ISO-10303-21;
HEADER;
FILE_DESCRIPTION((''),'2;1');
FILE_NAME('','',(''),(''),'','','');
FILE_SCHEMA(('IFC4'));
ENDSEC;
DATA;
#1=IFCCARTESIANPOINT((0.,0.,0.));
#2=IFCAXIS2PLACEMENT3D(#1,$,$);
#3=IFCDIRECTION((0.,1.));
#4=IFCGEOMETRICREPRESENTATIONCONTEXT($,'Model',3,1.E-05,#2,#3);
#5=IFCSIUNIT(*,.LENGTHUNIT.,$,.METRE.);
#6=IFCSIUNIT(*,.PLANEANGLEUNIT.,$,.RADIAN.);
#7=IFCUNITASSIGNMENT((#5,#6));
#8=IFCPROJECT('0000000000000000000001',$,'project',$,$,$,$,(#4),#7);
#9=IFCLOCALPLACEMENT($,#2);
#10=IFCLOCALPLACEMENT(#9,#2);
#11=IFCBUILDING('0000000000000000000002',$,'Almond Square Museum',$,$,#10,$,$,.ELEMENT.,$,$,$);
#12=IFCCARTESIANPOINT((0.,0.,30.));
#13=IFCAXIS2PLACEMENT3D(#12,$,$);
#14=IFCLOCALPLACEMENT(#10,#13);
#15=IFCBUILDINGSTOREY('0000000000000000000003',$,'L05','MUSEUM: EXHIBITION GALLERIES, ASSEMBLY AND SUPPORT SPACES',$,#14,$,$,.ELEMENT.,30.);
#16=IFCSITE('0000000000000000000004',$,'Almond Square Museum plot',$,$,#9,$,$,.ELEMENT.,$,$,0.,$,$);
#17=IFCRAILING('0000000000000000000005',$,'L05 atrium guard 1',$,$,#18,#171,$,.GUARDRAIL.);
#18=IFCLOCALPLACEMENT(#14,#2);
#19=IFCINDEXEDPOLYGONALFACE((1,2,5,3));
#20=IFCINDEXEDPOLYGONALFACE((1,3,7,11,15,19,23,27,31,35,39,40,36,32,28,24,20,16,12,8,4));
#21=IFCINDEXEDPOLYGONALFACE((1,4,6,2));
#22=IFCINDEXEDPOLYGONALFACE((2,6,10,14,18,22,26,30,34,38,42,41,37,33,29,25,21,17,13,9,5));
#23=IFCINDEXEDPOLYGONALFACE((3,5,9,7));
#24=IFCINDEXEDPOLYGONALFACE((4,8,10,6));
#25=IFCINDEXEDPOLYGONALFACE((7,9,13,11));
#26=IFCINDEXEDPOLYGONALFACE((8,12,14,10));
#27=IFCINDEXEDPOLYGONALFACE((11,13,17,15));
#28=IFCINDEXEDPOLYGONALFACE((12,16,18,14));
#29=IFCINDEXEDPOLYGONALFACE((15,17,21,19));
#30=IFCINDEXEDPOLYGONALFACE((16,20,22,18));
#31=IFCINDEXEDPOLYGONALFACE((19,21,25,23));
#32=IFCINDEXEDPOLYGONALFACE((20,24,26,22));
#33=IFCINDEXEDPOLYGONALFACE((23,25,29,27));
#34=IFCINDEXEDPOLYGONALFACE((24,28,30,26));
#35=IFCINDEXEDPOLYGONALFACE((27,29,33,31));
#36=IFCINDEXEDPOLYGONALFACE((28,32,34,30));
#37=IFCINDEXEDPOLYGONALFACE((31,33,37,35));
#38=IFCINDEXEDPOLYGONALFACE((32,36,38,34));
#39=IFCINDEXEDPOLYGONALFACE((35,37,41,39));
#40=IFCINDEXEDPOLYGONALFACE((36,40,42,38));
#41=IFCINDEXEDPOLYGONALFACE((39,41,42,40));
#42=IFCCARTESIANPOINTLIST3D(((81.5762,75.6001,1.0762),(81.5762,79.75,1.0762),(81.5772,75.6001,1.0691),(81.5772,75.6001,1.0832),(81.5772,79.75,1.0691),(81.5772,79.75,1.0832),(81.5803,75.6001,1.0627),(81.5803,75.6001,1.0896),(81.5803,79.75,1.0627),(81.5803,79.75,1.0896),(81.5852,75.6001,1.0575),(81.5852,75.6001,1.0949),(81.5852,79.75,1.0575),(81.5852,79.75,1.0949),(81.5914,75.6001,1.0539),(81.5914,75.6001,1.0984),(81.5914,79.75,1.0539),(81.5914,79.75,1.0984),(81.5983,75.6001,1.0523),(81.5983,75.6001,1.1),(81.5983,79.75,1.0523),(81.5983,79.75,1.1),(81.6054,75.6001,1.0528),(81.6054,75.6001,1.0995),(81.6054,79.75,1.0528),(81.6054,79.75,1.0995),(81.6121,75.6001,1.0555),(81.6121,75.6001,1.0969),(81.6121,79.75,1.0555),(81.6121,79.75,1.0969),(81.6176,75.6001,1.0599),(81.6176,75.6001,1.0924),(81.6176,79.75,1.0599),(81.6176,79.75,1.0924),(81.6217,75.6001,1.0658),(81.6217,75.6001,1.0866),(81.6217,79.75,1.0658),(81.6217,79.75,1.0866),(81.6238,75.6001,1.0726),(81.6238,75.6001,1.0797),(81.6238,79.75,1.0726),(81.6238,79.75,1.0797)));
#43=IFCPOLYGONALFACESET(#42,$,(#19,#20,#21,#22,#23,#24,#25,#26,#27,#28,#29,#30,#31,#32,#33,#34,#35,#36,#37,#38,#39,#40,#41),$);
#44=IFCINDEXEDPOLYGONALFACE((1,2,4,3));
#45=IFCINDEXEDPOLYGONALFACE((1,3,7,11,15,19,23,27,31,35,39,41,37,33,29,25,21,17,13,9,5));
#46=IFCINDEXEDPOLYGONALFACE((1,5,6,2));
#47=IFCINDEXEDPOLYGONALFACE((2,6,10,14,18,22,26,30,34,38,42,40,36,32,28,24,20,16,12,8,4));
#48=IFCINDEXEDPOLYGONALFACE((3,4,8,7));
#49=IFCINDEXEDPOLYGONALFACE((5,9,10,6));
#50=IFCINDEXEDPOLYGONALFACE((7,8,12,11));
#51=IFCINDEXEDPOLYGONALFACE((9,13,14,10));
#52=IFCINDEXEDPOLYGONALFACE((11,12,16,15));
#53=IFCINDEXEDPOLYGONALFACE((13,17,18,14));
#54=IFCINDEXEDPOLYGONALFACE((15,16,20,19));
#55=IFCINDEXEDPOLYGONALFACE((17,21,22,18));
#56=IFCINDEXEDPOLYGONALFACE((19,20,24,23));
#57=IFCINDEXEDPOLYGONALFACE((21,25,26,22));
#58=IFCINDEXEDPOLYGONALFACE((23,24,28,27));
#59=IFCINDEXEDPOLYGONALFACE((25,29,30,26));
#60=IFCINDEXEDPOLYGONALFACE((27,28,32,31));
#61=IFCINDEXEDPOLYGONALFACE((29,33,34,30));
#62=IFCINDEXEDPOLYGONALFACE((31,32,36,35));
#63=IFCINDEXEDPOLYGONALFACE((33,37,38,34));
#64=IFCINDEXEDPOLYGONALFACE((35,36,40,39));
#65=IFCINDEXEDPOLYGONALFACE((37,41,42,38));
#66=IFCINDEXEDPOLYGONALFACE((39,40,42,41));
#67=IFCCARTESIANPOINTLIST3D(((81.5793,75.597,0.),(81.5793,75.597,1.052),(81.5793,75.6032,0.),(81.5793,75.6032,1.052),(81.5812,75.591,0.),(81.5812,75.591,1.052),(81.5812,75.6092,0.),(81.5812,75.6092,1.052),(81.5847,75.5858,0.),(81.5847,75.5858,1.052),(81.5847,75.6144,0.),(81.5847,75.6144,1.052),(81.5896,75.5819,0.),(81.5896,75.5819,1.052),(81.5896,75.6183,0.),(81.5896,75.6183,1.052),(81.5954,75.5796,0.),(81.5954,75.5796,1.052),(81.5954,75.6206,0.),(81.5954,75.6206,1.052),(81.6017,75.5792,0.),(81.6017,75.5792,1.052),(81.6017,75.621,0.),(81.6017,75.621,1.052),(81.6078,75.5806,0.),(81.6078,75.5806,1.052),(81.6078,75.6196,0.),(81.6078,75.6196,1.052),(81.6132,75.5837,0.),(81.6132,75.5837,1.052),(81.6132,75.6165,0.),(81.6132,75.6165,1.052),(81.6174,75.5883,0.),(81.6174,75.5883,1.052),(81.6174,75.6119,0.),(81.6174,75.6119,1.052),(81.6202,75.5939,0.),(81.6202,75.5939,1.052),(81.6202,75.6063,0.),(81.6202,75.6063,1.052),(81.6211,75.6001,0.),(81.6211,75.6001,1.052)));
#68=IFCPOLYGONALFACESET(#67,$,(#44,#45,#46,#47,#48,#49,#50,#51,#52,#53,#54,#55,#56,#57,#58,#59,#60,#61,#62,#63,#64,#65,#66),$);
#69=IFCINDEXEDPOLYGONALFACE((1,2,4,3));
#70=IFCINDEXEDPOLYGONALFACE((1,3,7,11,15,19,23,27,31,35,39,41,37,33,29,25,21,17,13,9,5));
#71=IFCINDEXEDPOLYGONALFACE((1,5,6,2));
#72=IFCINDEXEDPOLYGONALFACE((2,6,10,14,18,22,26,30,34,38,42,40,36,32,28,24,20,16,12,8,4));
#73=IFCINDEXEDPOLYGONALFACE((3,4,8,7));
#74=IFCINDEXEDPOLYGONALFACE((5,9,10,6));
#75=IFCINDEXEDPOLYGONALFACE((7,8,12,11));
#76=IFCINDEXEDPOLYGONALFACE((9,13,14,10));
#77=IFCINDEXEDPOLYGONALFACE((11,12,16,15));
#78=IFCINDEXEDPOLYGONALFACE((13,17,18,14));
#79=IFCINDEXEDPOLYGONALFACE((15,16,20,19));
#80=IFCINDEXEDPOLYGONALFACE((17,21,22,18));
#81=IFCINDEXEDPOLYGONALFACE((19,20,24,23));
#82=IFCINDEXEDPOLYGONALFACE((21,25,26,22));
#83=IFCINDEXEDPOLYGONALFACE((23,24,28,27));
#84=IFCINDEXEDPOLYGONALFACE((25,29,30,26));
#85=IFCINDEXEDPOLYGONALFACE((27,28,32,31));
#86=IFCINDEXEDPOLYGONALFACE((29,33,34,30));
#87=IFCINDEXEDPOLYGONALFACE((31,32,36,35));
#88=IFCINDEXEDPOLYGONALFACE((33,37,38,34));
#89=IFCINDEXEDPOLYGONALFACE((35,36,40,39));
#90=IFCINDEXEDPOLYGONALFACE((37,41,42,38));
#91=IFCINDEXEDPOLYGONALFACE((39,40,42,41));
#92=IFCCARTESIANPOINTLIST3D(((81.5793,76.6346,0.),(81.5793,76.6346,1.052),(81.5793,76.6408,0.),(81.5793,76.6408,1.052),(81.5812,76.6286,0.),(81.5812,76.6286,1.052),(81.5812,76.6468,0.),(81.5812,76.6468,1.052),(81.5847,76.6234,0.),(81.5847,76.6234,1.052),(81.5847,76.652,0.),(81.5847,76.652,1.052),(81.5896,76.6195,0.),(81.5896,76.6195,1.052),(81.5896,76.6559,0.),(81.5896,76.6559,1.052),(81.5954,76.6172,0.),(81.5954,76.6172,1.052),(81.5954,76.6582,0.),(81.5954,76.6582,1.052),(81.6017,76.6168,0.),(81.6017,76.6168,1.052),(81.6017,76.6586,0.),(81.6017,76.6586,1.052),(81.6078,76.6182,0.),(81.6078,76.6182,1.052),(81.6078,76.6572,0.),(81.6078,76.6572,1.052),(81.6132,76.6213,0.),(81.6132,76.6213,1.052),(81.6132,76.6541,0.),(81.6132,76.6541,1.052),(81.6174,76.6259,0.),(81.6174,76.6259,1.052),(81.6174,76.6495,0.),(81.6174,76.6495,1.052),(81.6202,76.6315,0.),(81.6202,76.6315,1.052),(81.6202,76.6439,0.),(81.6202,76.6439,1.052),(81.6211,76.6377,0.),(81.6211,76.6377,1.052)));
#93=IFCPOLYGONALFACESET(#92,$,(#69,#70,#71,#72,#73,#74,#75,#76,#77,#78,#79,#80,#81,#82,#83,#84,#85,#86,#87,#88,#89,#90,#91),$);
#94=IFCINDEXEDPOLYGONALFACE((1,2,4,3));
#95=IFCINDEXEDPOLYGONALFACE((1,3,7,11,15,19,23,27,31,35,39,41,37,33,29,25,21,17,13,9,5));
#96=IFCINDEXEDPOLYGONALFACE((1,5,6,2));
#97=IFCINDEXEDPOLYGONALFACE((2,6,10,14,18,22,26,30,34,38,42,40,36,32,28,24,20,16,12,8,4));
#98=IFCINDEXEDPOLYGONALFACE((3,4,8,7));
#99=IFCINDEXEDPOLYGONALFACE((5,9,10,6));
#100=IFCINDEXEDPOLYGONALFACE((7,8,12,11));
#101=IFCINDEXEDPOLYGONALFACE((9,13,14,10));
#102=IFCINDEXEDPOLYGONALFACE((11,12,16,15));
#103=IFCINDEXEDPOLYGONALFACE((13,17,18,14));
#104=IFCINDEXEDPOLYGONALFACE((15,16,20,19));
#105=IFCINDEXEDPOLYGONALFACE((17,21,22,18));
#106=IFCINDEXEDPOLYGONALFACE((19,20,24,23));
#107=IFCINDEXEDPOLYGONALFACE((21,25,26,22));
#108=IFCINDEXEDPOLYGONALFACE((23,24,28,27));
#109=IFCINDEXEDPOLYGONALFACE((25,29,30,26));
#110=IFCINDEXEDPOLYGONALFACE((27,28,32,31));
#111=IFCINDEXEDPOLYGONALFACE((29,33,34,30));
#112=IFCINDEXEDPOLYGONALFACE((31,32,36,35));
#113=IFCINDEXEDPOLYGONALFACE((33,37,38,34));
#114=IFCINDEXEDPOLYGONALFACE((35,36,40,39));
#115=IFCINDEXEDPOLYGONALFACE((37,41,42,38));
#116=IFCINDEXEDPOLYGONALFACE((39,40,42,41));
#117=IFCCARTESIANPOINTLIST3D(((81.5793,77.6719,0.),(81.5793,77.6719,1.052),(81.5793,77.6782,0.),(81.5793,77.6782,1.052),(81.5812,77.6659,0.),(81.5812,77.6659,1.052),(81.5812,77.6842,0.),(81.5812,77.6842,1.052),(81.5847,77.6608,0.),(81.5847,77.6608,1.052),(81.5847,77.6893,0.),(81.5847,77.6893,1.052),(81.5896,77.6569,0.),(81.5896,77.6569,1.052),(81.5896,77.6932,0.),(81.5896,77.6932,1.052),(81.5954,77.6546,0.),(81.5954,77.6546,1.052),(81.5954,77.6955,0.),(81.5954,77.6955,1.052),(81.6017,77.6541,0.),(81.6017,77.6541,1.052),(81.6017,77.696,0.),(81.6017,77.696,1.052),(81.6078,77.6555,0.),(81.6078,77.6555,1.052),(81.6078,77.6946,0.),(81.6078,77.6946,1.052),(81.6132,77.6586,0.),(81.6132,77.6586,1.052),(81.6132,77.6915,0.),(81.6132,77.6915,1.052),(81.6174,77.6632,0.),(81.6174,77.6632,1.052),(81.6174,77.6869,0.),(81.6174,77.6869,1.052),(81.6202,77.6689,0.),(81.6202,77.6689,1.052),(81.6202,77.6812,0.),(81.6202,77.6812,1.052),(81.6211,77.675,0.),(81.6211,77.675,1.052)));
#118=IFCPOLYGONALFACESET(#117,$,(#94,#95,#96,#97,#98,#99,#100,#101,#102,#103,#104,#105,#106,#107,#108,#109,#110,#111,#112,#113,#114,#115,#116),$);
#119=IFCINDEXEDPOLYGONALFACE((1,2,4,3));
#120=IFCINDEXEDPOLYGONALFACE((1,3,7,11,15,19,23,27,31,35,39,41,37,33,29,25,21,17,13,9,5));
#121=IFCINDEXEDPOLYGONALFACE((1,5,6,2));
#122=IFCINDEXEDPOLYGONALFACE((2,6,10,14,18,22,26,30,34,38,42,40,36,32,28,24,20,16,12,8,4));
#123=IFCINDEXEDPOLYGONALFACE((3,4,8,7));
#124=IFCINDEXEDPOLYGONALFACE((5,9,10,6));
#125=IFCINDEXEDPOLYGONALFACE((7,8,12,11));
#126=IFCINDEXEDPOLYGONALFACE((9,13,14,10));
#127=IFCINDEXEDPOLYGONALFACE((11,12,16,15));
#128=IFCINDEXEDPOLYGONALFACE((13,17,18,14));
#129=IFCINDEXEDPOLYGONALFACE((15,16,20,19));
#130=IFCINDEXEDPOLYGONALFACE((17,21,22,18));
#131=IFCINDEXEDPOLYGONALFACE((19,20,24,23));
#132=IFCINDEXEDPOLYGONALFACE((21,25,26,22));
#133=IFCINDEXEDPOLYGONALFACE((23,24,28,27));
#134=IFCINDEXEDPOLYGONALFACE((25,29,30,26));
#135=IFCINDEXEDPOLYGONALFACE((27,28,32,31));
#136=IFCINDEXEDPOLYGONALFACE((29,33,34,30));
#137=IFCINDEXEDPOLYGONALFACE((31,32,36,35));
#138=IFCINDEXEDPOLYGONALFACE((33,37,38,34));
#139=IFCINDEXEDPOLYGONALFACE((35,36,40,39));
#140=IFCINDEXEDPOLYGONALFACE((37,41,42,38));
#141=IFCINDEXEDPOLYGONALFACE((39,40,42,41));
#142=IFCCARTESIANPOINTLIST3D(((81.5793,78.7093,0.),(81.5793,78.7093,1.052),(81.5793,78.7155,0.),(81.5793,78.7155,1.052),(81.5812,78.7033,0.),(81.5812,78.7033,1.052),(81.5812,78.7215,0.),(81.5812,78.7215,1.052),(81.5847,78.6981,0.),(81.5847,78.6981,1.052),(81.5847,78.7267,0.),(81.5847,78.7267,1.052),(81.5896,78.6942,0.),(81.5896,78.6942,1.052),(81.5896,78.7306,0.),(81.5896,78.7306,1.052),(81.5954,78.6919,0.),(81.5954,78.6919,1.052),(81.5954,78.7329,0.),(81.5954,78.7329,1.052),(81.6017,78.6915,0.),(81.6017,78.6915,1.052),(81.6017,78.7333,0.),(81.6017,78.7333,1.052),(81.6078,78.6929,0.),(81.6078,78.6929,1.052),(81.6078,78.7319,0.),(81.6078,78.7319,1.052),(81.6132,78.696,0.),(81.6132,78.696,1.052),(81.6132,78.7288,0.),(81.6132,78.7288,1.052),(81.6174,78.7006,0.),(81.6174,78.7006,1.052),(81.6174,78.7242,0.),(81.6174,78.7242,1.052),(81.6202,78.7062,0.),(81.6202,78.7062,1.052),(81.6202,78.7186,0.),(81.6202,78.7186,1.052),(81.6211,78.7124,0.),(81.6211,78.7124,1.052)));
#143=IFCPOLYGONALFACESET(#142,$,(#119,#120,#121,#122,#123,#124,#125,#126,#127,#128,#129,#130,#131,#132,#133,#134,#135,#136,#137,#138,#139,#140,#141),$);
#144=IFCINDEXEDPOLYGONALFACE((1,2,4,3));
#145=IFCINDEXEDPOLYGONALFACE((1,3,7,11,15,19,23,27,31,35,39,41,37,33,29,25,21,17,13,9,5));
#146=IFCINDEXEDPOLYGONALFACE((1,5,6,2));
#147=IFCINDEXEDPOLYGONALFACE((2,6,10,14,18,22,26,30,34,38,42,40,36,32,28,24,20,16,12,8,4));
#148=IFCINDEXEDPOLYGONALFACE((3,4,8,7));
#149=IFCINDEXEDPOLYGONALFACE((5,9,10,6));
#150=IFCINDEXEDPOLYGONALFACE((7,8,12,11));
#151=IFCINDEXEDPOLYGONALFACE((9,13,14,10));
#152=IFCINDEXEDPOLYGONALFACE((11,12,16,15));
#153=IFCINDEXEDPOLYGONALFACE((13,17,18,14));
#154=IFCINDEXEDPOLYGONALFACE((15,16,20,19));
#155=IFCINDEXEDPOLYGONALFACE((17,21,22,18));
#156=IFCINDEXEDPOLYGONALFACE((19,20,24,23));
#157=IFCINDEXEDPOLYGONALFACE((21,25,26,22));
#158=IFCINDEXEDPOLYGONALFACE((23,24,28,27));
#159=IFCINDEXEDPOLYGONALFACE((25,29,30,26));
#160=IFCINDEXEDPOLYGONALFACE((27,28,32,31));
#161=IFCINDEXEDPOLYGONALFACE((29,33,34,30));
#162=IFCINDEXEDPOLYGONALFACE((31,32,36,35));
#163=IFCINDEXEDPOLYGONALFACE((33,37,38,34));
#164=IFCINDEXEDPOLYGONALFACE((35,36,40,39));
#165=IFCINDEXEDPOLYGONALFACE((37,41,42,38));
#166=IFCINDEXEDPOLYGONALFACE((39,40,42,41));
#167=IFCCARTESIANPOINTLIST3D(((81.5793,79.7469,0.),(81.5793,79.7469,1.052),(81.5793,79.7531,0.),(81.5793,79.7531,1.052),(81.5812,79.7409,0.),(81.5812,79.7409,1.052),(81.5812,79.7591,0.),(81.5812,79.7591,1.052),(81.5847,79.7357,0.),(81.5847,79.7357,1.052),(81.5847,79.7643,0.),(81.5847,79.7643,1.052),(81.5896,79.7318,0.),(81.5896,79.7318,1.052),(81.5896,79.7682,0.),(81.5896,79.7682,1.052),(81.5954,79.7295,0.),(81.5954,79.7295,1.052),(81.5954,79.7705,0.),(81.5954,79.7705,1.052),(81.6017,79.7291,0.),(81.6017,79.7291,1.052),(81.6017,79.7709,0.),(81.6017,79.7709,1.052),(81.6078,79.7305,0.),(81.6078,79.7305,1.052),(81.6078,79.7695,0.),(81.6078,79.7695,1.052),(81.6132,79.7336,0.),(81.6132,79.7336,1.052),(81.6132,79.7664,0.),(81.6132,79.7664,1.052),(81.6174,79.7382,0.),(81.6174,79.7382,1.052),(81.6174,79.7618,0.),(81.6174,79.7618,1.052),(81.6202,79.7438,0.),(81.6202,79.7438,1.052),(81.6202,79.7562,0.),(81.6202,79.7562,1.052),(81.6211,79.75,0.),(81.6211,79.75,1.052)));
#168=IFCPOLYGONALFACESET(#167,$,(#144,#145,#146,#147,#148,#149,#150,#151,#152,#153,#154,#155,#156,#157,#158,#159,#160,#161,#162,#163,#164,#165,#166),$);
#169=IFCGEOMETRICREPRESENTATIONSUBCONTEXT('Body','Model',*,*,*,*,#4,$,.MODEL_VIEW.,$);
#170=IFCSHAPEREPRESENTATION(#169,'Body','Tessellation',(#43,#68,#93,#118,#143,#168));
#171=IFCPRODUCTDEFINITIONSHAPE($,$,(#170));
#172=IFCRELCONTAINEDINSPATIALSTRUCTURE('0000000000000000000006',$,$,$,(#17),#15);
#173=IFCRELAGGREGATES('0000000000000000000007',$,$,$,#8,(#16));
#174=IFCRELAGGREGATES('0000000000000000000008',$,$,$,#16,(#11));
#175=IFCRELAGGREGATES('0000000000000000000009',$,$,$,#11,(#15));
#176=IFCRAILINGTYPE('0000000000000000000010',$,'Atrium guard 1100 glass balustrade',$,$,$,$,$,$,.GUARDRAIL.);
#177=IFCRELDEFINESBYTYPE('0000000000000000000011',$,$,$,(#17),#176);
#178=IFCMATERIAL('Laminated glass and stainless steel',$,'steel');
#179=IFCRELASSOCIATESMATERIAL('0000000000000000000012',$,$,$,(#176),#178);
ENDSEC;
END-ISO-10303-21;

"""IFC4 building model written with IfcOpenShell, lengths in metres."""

from ifc_helpers import new_model, si_unit, direction, frame, origin, origin_2d, place, context, subcontext, project, spatial, circle, extrude, material, type_object, element, save


model = new_model("IFC4")

# Units and contexts
model_context = context("Model", 3, precision=1e-05, world=origin(), true_north=direction((0.0, 1.0)))
body_context = subcontext(model_context, "Body", "Model", "MODEL_VIEW")
ifc_project = project(units=[si_unit("LENGTHUNIT", "METRE"), si_unit("PLANEANGLEUNIT", "RADIAN")], contexts=[model_context])

# Site, building, storey
site_placement = place(None, origin())
site = spatial("IfcSite", under=ifc_project, at=site_placement, Name="Almond Square Museum plot", CompositionType="ELEMENT", RefElevation=0.0)
building_placement = place(site_placement, origin())
building = spatial("IfcBuilding", under=site, at=building_placement, Name="Almond Square Museum", CompositionType="ELEMENT")
storey_placement = place(building_placement, frame((0.0, 0.0, 30.0)))
storey = spatial("IfcBuildingStorey", under=building, at=storey_placement, Name="L05", Description="MUSEUM: EXHIBITION GALLERIES, ASSEMBLY AND SUPPORT SPACES", CompositionType="ELEMENT", Elevation=30.0)

# Railing
ifc_material_1 = material(Name="Laminated glass and stainless steel", Category="steel")
railing_type_1 = type_object("IfcRailingType", Name="Atrium guard 1100 glass balustrade", PredefinedType="GUARDRAIL", material=ifc_material_1)
railing_1_placement = place(storey_placement, frame((81.6001, 75.6001, 0.0)))
element("IfcRailing", 1, at=railing_1_placement, inside=storey, type_object=railing_type_1, Name="L05 atrium guard 1", PredefinedType="GUARDRAIL", context=body_context, shape_type="SweptSolid", body=[
    extrude(circle(Radius=0.0239, at=origin_2d()), frame((0.0, 0.0, 1.0762), z_axis=(0.0, 1.0, 0.0), x_axis=(-1.0, 0.0, 0.0)), (0.0, 0.0, 1.0), 4.1499),
    extrude(circle(Radius=0.021, at=origin_2d()), origin(), (0.0, 0.0, 1.0), 1.052),
    extrude(circle(Radius=0.021, at=origin_2d()), frame((0.0, 1.0376, 0.0)), (0.0, 0.0, 1.0), 1.052),
    extrude(circle(Radius=0.021, at=origin_2d()), frame((0.0, 2.075, 0.0)), (0.0, 0.0, 1.0), 1.052),
    extrude(circle(Radius=0.021, at=origin_2d()), frame((0.0, 3.1123, 0.0)), (0.0, 0.0, 1.0), 1.052),
    extrude(circle(Radius=0.021, at=origin_2d()), frame((0.0, 4.1499, 0.0)), (0.0, 0.0, 1.0), 1.052),
])

save(model, "model.ifc")
